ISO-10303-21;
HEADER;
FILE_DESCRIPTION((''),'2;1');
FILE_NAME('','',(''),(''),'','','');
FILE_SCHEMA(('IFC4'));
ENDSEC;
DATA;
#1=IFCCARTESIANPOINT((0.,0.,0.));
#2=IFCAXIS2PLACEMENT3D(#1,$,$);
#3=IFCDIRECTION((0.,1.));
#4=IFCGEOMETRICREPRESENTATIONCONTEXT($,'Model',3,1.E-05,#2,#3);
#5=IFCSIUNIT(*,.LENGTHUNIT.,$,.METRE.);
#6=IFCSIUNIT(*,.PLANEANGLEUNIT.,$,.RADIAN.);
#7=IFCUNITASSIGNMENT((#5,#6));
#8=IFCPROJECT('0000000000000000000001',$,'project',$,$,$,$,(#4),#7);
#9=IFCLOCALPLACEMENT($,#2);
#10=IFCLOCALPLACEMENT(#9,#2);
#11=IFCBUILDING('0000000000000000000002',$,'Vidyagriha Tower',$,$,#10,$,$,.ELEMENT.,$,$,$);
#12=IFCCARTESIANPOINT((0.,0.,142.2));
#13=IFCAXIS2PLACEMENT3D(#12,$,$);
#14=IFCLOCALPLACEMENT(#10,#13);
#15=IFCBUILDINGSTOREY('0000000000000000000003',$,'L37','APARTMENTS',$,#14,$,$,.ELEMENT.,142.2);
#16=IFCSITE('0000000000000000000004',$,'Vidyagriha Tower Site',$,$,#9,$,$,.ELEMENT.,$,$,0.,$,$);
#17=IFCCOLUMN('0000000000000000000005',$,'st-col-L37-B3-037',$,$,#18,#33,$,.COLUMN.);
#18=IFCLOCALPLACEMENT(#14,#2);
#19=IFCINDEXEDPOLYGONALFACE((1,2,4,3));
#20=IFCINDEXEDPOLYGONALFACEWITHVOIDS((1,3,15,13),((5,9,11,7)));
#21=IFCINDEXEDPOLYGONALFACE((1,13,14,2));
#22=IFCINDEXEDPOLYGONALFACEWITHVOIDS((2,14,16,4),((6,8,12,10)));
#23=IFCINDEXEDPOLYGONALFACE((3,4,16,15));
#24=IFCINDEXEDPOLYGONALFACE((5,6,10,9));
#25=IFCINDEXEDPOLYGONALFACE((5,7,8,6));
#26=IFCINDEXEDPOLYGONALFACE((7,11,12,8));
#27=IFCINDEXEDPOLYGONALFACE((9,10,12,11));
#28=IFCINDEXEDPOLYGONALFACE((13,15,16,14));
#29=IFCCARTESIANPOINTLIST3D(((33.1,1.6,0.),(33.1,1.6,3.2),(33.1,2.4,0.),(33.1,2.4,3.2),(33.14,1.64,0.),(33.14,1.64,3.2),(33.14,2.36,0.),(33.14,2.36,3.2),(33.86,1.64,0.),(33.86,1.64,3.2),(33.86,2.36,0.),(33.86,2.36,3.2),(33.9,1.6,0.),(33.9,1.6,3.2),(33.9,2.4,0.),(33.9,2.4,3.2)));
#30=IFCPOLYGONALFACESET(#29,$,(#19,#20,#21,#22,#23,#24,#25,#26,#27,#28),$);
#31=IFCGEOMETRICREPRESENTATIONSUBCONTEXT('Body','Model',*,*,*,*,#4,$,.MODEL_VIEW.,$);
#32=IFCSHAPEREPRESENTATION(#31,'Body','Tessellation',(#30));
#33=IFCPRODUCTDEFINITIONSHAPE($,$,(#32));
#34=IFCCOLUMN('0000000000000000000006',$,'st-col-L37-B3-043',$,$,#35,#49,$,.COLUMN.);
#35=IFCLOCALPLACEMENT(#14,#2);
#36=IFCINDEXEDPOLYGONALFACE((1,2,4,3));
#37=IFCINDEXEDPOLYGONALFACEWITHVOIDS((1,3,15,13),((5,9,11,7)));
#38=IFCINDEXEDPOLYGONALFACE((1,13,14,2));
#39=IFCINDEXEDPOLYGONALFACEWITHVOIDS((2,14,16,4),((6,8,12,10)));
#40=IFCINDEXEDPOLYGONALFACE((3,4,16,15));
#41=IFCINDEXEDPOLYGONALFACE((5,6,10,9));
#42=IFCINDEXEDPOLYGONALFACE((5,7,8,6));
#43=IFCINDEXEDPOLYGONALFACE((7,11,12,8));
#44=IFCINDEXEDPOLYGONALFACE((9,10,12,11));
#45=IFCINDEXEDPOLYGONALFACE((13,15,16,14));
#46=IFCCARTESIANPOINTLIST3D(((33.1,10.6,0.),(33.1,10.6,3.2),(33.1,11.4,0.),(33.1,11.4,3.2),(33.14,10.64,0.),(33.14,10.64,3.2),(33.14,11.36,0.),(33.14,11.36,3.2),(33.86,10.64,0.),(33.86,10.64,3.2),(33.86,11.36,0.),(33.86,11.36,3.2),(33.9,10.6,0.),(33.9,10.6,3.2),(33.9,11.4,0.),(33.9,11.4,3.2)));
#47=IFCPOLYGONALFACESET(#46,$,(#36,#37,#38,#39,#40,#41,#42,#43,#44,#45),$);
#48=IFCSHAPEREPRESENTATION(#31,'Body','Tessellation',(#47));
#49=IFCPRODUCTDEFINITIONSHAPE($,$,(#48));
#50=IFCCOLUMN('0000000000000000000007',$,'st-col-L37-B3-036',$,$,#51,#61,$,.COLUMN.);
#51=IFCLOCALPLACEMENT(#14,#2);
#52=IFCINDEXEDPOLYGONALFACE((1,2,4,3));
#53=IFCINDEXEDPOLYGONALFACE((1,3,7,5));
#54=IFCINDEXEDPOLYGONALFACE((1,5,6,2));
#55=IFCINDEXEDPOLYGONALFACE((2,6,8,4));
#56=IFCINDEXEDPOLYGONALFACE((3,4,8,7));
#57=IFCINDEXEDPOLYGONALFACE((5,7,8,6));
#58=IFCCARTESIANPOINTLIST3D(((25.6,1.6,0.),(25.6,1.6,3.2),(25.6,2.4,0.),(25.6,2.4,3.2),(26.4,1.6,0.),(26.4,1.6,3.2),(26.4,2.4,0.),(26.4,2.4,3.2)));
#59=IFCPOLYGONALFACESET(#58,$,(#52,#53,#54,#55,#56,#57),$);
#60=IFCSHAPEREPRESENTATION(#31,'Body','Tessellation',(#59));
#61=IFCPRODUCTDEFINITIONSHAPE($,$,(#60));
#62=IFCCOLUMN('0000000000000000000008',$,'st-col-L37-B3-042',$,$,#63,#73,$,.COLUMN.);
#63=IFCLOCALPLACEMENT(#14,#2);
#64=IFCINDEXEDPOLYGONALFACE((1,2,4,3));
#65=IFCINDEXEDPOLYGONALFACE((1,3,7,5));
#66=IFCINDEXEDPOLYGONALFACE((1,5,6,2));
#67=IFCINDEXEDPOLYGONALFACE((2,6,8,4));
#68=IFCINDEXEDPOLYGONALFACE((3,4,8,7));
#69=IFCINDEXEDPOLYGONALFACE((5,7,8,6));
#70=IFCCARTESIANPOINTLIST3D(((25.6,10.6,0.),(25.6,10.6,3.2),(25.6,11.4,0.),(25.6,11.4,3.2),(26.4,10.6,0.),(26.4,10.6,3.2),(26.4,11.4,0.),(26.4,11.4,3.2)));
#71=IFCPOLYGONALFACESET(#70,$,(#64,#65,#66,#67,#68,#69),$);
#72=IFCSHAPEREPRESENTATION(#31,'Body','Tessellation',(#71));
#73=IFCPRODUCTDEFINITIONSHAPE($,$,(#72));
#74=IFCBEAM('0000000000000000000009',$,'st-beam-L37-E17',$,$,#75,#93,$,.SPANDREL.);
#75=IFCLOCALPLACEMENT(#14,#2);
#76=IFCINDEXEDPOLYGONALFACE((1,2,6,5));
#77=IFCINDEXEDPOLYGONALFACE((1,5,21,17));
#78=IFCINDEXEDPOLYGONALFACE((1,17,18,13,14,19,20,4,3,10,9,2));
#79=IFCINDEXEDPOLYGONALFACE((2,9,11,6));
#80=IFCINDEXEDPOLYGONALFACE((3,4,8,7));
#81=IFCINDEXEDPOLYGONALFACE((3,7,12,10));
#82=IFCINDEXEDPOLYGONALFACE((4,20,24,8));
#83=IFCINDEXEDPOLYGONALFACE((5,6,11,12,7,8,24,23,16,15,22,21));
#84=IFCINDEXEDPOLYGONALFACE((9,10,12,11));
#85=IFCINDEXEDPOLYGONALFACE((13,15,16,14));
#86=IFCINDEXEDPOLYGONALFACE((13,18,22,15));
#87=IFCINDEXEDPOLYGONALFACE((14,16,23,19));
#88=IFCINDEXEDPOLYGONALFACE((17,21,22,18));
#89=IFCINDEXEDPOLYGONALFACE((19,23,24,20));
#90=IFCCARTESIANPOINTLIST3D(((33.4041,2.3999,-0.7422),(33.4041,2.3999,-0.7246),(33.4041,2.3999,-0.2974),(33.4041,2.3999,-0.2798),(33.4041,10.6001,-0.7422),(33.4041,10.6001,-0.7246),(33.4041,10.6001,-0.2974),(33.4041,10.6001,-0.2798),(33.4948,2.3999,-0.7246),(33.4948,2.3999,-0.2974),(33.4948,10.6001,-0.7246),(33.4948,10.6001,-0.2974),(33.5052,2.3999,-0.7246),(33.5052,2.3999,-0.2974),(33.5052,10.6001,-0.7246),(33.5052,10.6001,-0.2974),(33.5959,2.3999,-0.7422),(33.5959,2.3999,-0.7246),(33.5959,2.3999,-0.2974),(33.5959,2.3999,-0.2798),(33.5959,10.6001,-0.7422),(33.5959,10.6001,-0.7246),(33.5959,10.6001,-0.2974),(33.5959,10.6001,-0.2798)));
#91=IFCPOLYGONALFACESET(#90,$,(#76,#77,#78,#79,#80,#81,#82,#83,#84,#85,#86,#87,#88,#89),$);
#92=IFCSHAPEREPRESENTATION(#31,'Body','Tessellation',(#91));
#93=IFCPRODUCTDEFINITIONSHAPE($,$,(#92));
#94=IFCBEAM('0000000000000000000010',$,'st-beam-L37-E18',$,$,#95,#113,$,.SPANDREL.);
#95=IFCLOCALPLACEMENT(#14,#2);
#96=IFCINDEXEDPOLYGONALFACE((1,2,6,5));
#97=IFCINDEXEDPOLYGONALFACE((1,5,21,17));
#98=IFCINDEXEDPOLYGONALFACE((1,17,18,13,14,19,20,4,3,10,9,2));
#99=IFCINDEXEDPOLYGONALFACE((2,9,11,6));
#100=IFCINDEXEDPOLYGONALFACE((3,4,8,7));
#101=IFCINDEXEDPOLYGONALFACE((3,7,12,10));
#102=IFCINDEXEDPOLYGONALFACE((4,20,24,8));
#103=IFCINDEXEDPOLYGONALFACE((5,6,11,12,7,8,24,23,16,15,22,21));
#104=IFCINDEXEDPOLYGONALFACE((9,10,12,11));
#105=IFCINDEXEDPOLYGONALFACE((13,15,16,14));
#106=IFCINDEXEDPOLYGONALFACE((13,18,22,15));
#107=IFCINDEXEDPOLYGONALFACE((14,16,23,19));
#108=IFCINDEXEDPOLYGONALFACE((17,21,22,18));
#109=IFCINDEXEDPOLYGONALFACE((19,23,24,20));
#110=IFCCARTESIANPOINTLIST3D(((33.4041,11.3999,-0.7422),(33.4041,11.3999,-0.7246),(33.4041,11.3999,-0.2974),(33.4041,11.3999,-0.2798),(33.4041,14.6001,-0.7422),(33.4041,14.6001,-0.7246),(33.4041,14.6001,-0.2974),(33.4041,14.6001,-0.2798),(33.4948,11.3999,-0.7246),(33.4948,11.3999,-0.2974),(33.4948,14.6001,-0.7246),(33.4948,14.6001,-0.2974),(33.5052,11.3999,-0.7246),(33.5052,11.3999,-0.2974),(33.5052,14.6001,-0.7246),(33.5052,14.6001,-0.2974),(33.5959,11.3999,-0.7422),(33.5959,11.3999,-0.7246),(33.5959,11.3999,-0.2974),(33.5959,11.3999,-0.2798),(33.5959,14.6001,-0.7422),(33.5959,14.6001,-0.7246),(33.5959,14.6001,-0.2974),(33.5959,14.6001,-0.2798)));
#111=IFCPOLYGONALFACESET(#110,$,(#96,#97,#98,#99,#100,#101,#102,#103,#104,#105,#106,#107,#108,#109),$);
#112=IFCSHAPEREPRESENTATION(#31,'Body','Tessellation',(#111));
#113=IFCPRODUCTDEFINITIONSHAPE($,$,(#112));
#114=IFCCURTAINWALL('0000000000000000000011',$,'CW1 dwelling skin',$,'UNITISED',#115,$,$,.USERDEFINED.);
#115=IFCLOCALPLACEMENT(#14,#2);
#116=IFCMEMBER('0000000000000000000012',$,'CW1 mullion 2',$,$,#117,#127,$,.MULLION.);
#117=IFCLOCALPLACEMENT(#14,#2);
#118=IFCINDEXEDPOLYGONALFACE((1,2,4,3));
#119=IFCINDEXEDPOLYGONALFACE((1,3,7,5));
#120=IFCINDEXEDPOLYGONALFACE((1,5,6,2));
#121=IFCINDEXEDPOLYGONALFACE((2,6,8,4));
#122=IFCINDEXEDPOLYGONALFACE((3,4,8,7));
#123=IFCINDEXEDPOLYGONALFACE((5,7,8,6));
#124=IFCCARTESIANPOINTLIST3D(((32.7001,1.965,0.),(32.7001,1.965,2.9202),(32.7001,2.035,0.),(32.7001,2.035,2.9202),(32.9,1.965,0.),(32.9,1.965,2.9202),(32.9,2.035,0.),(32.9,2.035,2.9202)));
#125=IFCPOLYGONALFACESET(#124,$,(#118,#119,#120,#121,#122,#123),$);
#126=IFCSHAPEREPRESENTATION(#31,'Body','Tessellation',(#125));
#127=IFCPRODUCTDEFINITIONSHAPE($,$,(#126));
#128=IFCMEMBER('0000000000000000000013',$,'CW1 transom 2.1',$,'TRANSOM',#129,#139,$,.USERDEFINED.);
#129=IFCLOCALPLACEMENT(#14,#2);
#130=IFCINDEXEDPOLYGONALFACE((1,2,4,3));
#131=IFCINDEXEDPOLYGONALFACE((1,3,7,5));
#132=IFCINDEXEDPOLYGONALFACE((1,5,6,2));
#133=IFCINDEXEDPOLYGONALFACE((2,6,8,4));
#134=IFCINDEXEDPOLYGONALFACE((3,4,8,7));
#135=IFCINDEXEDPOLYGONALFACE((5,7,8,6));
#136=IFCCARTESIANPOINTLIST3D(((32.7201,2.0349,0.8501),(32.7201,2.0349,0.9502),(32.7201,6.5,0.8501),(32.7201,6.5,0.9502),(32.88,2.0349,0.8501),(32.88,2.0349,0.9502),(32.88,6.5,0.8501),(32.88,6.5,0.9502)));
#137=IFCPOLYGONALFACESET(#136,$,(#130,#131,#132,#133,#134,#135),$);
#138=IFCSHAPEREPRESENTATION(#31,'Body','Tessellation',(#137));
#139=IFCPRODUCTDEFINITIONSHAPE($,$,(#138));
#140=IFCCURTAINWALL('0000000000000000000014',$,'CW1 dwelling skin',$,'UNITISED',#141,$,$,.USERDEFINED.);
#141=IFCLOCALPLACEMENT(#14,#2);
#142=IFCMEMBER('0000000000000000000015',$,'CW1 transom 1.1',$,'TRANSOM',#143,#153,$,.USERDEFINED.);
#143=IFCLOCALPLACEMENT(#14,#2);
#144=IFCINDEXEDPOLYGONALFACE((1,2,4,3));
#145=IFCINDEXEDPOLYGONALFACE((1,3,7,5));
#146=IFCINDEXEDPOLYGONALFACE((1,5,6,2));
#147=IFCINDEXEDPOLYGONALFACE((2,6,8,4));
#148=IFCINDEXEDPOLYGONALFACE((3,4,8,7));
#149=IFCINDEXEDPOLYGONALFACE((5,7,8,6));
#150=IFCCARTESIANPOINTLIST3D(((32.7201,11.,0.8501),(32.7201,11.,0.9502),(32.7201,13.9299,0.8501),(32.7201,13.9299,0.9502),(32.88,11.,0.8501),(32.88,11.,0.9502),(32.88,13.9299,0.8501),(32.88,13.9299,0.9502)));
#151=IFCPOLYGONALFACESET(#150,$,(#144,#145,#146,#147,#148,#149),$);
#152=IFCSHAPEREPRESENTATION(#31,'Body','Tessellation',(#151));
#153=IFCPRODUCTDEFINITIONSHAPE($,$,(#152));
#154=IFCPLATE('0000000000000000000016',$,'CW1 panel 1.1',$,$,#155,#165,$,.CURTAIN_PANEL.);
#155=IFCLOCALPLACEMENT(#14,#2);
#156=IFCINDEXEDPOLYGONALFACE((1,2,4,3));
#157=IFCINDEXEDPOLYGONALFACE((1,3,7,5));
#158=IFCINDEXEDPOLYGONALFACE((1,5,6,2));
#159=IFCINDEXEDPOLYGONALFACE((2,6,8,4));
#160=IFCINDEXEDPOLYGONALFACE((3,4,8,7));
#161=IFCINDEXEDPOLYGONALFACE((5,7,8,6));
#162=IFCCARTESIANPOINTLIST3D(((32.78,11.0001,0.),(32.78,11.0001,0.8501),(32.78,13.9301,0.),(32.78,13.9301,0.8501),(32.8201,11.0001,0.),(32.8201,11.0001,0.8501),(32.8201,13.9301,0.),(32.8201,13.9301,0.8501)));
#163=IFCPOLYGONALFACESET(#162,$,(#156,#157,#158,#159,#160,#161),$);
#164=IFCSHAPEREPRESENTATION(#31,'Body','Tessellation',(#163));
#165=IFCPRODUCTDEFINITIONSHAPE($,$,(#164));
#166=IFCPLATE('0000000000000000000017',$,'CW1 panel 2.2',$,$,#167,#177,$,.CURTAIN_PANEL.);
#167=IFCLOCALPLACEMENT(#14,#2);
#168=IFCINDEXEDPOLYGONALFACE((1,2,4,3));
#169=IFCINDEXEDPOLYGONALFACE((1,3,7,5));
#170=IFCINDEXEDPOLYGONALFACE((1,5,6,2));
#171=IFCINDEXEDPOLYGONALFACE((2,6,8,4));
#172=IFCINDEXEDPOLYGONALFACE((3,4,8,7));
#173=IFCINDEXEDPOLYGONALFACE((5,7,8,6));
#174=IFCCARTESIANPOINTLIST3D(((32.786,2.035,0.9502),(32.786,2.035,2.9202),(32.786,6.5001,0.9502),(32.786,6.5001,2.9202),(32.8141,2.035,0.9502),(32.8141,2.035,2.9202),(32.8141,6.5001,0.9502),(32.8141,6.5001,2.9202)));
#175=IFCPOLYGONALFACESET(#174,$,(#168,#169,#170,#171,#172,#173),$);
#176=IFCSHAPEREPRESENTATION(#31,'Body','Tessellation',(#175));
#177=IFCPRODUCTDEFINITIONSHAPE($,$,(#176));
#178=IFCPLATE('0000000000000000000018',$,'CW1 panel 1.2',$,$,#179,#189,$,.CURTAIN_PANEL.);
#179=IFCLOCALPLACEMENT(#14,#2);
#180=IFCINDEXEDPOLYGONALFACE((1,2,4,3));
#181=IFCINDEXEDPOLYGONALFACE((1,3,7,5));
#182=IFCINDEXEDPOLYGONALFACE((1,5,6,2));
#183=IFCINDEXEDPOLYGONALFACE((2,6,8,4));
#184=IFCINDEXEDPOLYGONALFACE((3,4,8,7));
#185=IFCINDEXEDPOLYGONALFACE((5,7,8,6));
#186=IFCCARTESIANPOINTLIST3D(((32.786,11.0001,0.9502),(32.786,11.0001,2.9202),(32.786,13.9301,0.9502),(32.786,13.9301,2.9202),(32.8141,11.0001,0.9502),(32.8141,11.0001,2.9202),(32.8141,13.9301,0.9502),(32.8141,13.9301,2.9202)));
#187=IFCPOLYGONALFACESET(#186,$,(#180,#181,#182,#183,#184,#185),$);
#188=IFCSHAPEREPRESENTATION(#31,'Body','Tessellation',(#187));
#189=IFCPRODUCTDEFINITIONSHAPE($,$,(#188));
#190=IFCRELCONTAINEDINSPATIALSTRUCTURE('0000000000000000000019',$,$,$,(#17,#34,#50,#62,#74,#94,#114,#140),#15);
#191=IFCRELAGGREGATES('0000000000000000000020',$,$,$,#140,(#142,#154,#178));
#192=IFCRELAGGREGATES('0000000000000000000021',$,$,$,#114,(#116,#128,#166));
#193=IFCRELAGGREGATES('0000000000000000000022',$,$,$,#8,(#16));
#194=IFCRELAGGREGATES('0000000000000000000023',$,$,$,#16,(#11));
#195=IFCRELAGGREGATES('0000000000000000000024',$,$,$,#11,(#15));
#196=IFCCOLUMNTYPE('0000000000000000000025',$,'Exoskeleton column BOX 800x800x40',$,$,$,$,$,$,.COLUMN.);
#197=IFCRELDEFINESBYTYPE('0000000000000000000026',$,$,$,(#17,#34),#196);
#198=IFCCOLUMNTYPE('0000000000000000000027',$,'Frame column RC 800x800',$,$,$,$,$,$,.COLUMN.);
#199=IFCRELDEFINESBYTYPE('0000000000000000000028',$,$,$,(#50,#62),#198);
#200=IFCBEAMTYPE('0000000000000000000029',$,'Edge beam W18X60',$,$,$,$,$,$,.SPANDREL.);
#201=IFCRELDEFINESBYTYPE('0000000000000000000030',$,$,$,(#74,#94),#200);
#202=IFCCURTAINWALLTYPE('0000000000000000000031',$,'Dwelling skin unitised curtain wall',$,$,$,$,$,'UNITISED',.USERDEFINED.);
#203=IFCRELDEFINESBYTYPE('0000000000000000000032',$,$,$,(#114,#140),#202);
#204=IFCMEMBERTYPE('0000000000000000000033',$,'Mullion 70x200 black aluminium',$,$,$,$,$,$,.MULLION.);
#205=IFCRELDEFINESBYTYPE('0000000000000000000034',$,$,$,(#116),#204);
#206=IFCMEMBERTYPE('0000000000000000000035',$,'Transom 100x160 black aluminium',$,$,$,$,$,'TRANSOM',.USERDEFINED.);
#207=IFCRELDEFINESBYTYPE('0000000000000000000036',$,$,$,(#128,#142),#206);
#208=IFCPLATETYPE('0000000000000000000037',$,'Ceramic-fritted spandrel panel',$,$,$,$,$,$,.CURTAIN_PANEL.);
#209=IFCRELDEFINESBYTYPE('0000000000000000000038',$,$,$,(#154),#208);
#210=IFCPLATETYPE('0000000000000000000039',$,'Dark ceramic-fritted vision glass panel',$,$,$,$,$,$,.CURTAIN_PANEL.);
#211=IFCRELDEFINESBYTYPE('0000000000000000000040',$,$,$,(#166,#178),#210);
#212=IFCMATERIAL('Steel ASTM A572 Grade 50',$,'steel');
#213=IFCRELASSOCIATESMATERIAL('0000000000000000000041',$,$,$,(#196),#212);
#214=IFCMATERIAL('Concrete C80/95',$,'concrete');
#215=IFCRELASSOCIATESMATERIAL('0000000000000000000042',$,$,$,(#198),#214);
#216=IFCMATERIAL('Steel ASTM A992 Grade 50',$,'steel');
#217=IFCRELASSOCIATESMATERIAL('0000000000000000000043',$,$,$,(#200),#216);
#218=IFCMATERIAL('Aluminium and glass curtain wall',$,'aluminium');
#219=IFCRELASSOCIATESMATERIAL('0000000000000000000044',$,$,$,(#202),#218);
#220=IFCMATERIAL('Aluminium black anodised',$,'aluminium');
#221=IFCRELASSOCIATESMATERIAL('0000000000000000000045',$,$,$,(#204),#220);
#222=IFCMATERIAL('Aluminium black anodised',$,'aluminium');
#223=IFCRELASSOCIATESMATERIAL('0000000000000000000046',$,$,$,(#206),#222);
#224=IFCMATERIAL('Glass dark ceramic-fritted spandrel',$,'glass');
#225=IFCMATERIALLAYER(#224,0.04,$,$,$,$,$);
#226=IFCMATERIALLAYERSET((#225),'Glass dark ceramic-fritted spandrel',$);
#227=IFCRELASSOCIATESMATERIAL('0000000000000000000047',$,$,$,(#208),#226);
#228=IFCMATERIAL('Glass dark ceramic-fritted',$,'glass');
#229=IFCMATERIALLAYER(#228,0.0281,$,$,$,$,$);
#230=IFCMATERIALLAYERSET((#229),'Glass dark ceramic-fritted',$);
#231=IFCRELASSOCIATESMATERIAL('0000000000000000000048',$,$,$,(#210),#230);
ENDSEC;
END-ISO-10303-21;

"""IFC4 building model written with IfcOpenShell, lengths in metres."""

from ifc_helpers import new_model, si_unit, direction, frame, origin, origin_2d, place, context, subcontext, project, spatial, rectangle, hollow_rectangle, i_section, extrude, material, layer, layer_set, material_profile, profile_set, type_object, element, aggregate, save


model = new_model("IFC4")

# Units and contexts
model_context = context("Model", 3, precision=1e-05, world=origin(), true_north=direction((0.0, 1.0)))
body_context = subcontext(model_context, "Body", "Model", "MODEL_VIEW")
ifc_project = project(units=[si_unit("LENGTHUNIT", "METRE"), si_unit("PLANEANGLEUNIT", "RADIAN")], contexts=[model_context])

# Site, building, storey
site_placement = place(None, origin())
site = spatial("IfcSite", under=ifc_project, at=site_placement, Name="Vidyagriha Tower Site", CompositionType="ELEMENT", RefElevation=0.0)
building_placement = place(site_placement, origin())
building = spatial("IfcBuilding", under=site, at=building_placement, Name="Vidyagriha Tower", CompositionType="ELEMENT")
storey_placement = place(building_placement, frame((0.0, 0.0, 142.2)))
storey = spatial("IfcBuildingStorey", under=building, at=storey_placement, Name="L37", Description="APARTMENTS", CompositionType="ELEMENT", Elevation=142.2)

# Columns
ifc_material_1 = material(Name="Steel ASTM A572 Grade 50", Category="steel")
ifc_material_profile_1 = material_profile(ifc_material_1, hollow_rectangle(XDim=0.8, YDim=0.8, WallThickness=0.04, at=origin_2d()), Name="BOX 800x800x40")
ifc_profile_set_1 = profile_set([ifc_material_profile_1], Name="Steel ASTM A572 Grade 50")
column_type_1 = type_object("IfcColumnType", Name="Exoskeleton column BOX 800x800x40", PredefinedType="COLUMN", material=ifc_profile_set_1)
for number, where, name in (
    (1, (33.5, 2.0, 0.0), "st-col-L37-B3-037"),
    (2, (33.5, 11.0, 0.0), "st-col-L37-B3-043"),
):
    element("IfcColumn", number, at=place(storey_placement, frame(where)), inside=storey, type_object=column_type_1, Name=name, PredefinedType="COLUMN", context=body_context, shape_type="SweptSolid", body=[
        extrude(hollow_rectangle(XDim=0.8, YDim=0.8, WallThickness=0.04, at=origin_2d()), origin(), (0.0, 0.0, 1.0), 3.2),
    ])
ifc_material_2 = material(Name="Concrete C80/95", Category="concrete")
ifc_material_profile_2 = material_profile(ifc_material_2, rectangle(XDim=0.8, YDim=0.8, at=origin_2d()), Name="RC 800x800")
ifc_profile_set_2 = profile_set([ifc_material_profile_2], Name="Concrete C80/95")
column_type_2 = type_object("IfcColumnType", Name="Frame column RC 800x800", PredefinedType="COLUMN", material=ifc_profile_set_2)
for number, where, name in (
    (3, (26.0, 2.0, 0.0), "st-col-L37-B3-036"),
    (4, (26.0, 11.0, 0.0), "st-col-L37-B3-042"),
):
    element("IfcColumn", number, at=place(storey_placement, frame(where)), inside=storey, type_object=column_type_2, Name=name, PredefinedType="COLUMN", context=body_context, shape_type="SweptSolid", body=[
        extrude(rectangle(XDim=0.8, YDim=0.8, at=origin_2d()), origin(), (0.0, 0.0, 1.0), 3.2),
    ])

# Beams
ifc_material_3 = material(Name="Steel ASTM A992 Grade 50", Category="steel")
ifc_material_profile_3 = material_profile(ifc_material_3, i_section(OverallWidth=0.1919, OverallDepth=0.4624, WebThickness=0.0105, FlangeThickness=0.0176, at=origin_2d()), Name="W18X60")
ifc_profile_set_3 = profile_set([ifc_material_profile_3], Name="Steel ASTM A992 Grade 50")
beam_type = type_object("IfcBeamType", Name="Edge beam W18X60", PredefinedType="SPANDREL", material=ifc_profile_set_3)
beam_1_placement = place(storey_placement, frame((33.5, 2.3999, -0.511), z_axis=(0.0, 1.0, 0.0), x_axis=(-1.0, 0.0, 0.0)))
element("IfcBeam", 5, at=beam_1_placement, inside=storey, type_object=beam_type, Name="st-beam-L37-E17", PredefinedType="SPANDREL", context=body_context, shape_type="SweptSolid", body=[
    extrude(i_section(OverallWidth=0.1919, OverallDepth=0.4624, WebThickness=0.0105, FlangeThickness=0.0176, at=origin_2d()), origin(), (0.0, 0.0, 1.0), 8.2002),
])
beam_2_placement = place(storey_placement, frame((33.5, 11.3999, -0.511), z_axis=(0.0, 1.0, 0.0), x_axis=(-1.0, 0.0, 0.0)))
element("IfcBeam", 6, at=beam_2_placement, inside=storey, type_object=beam_type, Name="st-beam-L37-E18", PredefinedType="SPANDREL", context=body_context, shape_type="SweptSolid", body=[
    extrude(i_section(OverallWidth=0.1919, OverallDepth=0.4624, WebThickness=0.0105, FlangeThickness=0.0176, at=origin_2d()), origin(), (0.0, 0.0, 1.0), 3.2002),
])

# Curtain wall, members
ifc_material_4 = material(Name="Aluminium and glass curtain wall", Category="aluminium")
curtain_wall_type = type_object("IfcCurtainWallType", Name="Dwelling skin unitised curtain wall", ElementType="UNITISED", PredefinedType="USERDEFINED", material=ifc_material_4)
curtain_wall_1_placement = place(storey_placement, origin())
curtain_wall_1 = element("IfcCurtainWall", 7, at=curtain_wall_1_placement, inside=storey, type_object=curtain_wall_type, Name="CW1 dwelling skin", ObjectType="UNITISED", PredefinedType="USERDEFINED")
ifc_material_5 = material(Name="Aluminium black anodised", Category="aluminium")
ifc_material_profile_4 = material_profile(ifc_material_5, rectangle(XDim=0.2, YDim=0.0701, at=origin_2d()), Name="Mullion 70x200 black aluminium")
ifc_profile_set_4 = profile_set([ifc_material_profile_4], Name="Aluminium black anodised")
member_type_1 = type_object("IfcMemberType", Name="Mullion 70x200 black aluminium", PredefinedType="MULLION", material=ifc_profile_set_4)
member_1_placement = place(storey_placement, frame((32.8, 2.0, 0.0), z_axis=(0.0, 0.0, 1.0), x_axis=(-1.0, 0.0, 0.0)))
member_1 = element("IfcMember", 8, at=member_1_placement, type_object=member_type_1, Name="CW1 mullion 2", PredefinedType="MULLION", context=body_context, shape_type="SweptSolid", body=[
    extrude(rectangle(XDim=0.2, YDim=0.0701, at=origin_2d()), origin(), (0.0, 0.0, 1.0), 2.9202),
])
ifc_material_6 = material(Name="Aluminium black anodised", Category="aluminium")
ifc_material_profile_5 = material_profile(ifc_material_6, rectangle(XDim=0.1599, YDim=0.1001, at=origin_2d()), Name="Transom 100x160 black aluminium")
ifc_profile_set_5 = profile_set([ifc_material_profile_5], Name="Aluminium black anodised")
member_type_2 = type_object("IfcMemberType", Name="Transom 100x160 black aluminium", ElementType="TRANSOM", PredefinedType="USERDEFINED", material=ifc_profile_set_5)
member_2_placement = place(storey_placement, frame((32.8, 2.0349, 0.9001), z_axis=(0.0, 1.0, 0.0), x_axis=(-1.0, 0.0, 0.0)))
member_2 = element("IfcMember", 9, at=member_2_placement, type_object=member_type_2, Name="CW1 transom 2.1", ObjectType="TRANSOM", PredefinedType="USERDEFINED", context=body_context, shape_type="SweptSolid", body=[
    extrude(rectangle(XDim=0.1599, YDim=0.1001, at=origin_2d()), origin(), (0.0, 0.0, 1.0), 4.4651),
])

# Curtain wall, member, plate
curtain_wall_2_placement = place(storey_placement, origin())
curtain_wall_2 = element("IfcCurtainWall", 10, at=curtain_wall_2_placement, inside=storey, type_object=curtain_wall_type, Name="CW1 dwelling skin", ObjectType="UNITISED", PredefinedType="USERDEFINED")
member_3_placement = place(storey_placement, frame((32.8, 11.0, 0.9001), z_axis=(0.0, 1.0, 0.0), x_axis=(-1.0, 0.0, 0.0)))
member_3 = element("IfcMember", 11, at=member_3_placement, type_object=member_type_2, Name="CW1 transom 1.1", ObjectType="TRANSOM", PredefinedType="USERDEFINED", context=body_context, shape_type="SweptSolid", body=[
    extrude(rectangle(XDim=0.1599, YDim=0.1001, at=origin_2d()), origin(), (0.0, 0.0, 1.0), 2.9299),
])
ifc_material_7 = material(Name="Glass dark ceramic-fritted spandrel", Category="glass")
ifc_layer_1 = layer(ifc_material_7, 0.04)
ifc_layer_set_1 = layer_set([ifc_layer_1], Name="Glass dark ceramic-fritted spandrel")
plate_type_1 = type_object("IfcPlateType", Name="Ceramic-fritted spandrel panel", PredefinedType="CURTAIN_PANEL", material=ifc_layer_set_1)
plate_1_placement = place(storey_placement, frame((32.8, 12.4651, 0.0), z_axis=(0.0, 0.0, 1.0), x_axis=(0.0, 1.0, 0.0)))
plate_1 = element("IfcPlate", 12, at=plate_1_placement, type_object=plate_type_1, Name="CW1 panel 1.1", PredefinedType="CURTAIN_PANEL", context=body_context, shape_type="SweptSolid", body=[
    extrude(rectangle(XDim=2.9299, YDim=0.04, at=origin_2d()), origin(), (0.0, 0.0, 1.0), 0.8501),
])

# Plates
ifc_material_8 = material(Name="Glass dark ceramic-fritted", Category="glass")
ifc_layer_2 = layer(ifc_material_8, 0.0281)
ifc_layer_set_2 = layer_set([ifc_layer_2], Name="Glass dark ceramic-fritted")
plate_type_2 = type_object("IfcPlateType", Name="Dark ceramic-fritted vision glass panel", PredefinedType="CURTAIN_PANEL", material=ifc_layer_set_2)
plate_2_placement = place(storey_placement, frame((32.8, 4.2676, 0.9502), z_axis=(0.0, 0.0, 1.0), x_axis=(0.0, 1.0, 0.0)))
plate_2 = element("IfcPlate", 13, at=plate_2_placement, type_object=plate_type_2, Name="CW1 panel 2.2", PredefinedType="CURTAIN_PANEL", context=body_context, shape_type="SweptSolid", body=[
    extrude(rectangle(XDim=4.4651, YDim=0.0281, at=origin_2d()), origin(), (0.0, 0.0, 1.0), 1.97),
])
plate_3_placement = place(storey_placement, frame((32.8, 12.4651, 0.9502), z_axis=(0.0, 0.0, 1.0), x_axis=(0.0, 1.0, 0.0)))
plate_3 = element("IfcPlate", 14, at=plate_3_placement, type_object=plate_type_2, Name="CW1 panel 1.2", PredefinedType="CURTAIN_PANEL", context=body_context, shape_type="SweptSolid", body=[
    extrude(rectangle(XDim=2.9299, YDim=0.0281, at=origin_2d()), origin(), (0.0, 0.0, 1.0), 1.97),
])
aggregate(curtain_wall_2, [member_3, plate_1, plate_3])
aggregate(curtain_wall_1, [member_1, member_2, plate_2])

save(model, "model.ifc")
